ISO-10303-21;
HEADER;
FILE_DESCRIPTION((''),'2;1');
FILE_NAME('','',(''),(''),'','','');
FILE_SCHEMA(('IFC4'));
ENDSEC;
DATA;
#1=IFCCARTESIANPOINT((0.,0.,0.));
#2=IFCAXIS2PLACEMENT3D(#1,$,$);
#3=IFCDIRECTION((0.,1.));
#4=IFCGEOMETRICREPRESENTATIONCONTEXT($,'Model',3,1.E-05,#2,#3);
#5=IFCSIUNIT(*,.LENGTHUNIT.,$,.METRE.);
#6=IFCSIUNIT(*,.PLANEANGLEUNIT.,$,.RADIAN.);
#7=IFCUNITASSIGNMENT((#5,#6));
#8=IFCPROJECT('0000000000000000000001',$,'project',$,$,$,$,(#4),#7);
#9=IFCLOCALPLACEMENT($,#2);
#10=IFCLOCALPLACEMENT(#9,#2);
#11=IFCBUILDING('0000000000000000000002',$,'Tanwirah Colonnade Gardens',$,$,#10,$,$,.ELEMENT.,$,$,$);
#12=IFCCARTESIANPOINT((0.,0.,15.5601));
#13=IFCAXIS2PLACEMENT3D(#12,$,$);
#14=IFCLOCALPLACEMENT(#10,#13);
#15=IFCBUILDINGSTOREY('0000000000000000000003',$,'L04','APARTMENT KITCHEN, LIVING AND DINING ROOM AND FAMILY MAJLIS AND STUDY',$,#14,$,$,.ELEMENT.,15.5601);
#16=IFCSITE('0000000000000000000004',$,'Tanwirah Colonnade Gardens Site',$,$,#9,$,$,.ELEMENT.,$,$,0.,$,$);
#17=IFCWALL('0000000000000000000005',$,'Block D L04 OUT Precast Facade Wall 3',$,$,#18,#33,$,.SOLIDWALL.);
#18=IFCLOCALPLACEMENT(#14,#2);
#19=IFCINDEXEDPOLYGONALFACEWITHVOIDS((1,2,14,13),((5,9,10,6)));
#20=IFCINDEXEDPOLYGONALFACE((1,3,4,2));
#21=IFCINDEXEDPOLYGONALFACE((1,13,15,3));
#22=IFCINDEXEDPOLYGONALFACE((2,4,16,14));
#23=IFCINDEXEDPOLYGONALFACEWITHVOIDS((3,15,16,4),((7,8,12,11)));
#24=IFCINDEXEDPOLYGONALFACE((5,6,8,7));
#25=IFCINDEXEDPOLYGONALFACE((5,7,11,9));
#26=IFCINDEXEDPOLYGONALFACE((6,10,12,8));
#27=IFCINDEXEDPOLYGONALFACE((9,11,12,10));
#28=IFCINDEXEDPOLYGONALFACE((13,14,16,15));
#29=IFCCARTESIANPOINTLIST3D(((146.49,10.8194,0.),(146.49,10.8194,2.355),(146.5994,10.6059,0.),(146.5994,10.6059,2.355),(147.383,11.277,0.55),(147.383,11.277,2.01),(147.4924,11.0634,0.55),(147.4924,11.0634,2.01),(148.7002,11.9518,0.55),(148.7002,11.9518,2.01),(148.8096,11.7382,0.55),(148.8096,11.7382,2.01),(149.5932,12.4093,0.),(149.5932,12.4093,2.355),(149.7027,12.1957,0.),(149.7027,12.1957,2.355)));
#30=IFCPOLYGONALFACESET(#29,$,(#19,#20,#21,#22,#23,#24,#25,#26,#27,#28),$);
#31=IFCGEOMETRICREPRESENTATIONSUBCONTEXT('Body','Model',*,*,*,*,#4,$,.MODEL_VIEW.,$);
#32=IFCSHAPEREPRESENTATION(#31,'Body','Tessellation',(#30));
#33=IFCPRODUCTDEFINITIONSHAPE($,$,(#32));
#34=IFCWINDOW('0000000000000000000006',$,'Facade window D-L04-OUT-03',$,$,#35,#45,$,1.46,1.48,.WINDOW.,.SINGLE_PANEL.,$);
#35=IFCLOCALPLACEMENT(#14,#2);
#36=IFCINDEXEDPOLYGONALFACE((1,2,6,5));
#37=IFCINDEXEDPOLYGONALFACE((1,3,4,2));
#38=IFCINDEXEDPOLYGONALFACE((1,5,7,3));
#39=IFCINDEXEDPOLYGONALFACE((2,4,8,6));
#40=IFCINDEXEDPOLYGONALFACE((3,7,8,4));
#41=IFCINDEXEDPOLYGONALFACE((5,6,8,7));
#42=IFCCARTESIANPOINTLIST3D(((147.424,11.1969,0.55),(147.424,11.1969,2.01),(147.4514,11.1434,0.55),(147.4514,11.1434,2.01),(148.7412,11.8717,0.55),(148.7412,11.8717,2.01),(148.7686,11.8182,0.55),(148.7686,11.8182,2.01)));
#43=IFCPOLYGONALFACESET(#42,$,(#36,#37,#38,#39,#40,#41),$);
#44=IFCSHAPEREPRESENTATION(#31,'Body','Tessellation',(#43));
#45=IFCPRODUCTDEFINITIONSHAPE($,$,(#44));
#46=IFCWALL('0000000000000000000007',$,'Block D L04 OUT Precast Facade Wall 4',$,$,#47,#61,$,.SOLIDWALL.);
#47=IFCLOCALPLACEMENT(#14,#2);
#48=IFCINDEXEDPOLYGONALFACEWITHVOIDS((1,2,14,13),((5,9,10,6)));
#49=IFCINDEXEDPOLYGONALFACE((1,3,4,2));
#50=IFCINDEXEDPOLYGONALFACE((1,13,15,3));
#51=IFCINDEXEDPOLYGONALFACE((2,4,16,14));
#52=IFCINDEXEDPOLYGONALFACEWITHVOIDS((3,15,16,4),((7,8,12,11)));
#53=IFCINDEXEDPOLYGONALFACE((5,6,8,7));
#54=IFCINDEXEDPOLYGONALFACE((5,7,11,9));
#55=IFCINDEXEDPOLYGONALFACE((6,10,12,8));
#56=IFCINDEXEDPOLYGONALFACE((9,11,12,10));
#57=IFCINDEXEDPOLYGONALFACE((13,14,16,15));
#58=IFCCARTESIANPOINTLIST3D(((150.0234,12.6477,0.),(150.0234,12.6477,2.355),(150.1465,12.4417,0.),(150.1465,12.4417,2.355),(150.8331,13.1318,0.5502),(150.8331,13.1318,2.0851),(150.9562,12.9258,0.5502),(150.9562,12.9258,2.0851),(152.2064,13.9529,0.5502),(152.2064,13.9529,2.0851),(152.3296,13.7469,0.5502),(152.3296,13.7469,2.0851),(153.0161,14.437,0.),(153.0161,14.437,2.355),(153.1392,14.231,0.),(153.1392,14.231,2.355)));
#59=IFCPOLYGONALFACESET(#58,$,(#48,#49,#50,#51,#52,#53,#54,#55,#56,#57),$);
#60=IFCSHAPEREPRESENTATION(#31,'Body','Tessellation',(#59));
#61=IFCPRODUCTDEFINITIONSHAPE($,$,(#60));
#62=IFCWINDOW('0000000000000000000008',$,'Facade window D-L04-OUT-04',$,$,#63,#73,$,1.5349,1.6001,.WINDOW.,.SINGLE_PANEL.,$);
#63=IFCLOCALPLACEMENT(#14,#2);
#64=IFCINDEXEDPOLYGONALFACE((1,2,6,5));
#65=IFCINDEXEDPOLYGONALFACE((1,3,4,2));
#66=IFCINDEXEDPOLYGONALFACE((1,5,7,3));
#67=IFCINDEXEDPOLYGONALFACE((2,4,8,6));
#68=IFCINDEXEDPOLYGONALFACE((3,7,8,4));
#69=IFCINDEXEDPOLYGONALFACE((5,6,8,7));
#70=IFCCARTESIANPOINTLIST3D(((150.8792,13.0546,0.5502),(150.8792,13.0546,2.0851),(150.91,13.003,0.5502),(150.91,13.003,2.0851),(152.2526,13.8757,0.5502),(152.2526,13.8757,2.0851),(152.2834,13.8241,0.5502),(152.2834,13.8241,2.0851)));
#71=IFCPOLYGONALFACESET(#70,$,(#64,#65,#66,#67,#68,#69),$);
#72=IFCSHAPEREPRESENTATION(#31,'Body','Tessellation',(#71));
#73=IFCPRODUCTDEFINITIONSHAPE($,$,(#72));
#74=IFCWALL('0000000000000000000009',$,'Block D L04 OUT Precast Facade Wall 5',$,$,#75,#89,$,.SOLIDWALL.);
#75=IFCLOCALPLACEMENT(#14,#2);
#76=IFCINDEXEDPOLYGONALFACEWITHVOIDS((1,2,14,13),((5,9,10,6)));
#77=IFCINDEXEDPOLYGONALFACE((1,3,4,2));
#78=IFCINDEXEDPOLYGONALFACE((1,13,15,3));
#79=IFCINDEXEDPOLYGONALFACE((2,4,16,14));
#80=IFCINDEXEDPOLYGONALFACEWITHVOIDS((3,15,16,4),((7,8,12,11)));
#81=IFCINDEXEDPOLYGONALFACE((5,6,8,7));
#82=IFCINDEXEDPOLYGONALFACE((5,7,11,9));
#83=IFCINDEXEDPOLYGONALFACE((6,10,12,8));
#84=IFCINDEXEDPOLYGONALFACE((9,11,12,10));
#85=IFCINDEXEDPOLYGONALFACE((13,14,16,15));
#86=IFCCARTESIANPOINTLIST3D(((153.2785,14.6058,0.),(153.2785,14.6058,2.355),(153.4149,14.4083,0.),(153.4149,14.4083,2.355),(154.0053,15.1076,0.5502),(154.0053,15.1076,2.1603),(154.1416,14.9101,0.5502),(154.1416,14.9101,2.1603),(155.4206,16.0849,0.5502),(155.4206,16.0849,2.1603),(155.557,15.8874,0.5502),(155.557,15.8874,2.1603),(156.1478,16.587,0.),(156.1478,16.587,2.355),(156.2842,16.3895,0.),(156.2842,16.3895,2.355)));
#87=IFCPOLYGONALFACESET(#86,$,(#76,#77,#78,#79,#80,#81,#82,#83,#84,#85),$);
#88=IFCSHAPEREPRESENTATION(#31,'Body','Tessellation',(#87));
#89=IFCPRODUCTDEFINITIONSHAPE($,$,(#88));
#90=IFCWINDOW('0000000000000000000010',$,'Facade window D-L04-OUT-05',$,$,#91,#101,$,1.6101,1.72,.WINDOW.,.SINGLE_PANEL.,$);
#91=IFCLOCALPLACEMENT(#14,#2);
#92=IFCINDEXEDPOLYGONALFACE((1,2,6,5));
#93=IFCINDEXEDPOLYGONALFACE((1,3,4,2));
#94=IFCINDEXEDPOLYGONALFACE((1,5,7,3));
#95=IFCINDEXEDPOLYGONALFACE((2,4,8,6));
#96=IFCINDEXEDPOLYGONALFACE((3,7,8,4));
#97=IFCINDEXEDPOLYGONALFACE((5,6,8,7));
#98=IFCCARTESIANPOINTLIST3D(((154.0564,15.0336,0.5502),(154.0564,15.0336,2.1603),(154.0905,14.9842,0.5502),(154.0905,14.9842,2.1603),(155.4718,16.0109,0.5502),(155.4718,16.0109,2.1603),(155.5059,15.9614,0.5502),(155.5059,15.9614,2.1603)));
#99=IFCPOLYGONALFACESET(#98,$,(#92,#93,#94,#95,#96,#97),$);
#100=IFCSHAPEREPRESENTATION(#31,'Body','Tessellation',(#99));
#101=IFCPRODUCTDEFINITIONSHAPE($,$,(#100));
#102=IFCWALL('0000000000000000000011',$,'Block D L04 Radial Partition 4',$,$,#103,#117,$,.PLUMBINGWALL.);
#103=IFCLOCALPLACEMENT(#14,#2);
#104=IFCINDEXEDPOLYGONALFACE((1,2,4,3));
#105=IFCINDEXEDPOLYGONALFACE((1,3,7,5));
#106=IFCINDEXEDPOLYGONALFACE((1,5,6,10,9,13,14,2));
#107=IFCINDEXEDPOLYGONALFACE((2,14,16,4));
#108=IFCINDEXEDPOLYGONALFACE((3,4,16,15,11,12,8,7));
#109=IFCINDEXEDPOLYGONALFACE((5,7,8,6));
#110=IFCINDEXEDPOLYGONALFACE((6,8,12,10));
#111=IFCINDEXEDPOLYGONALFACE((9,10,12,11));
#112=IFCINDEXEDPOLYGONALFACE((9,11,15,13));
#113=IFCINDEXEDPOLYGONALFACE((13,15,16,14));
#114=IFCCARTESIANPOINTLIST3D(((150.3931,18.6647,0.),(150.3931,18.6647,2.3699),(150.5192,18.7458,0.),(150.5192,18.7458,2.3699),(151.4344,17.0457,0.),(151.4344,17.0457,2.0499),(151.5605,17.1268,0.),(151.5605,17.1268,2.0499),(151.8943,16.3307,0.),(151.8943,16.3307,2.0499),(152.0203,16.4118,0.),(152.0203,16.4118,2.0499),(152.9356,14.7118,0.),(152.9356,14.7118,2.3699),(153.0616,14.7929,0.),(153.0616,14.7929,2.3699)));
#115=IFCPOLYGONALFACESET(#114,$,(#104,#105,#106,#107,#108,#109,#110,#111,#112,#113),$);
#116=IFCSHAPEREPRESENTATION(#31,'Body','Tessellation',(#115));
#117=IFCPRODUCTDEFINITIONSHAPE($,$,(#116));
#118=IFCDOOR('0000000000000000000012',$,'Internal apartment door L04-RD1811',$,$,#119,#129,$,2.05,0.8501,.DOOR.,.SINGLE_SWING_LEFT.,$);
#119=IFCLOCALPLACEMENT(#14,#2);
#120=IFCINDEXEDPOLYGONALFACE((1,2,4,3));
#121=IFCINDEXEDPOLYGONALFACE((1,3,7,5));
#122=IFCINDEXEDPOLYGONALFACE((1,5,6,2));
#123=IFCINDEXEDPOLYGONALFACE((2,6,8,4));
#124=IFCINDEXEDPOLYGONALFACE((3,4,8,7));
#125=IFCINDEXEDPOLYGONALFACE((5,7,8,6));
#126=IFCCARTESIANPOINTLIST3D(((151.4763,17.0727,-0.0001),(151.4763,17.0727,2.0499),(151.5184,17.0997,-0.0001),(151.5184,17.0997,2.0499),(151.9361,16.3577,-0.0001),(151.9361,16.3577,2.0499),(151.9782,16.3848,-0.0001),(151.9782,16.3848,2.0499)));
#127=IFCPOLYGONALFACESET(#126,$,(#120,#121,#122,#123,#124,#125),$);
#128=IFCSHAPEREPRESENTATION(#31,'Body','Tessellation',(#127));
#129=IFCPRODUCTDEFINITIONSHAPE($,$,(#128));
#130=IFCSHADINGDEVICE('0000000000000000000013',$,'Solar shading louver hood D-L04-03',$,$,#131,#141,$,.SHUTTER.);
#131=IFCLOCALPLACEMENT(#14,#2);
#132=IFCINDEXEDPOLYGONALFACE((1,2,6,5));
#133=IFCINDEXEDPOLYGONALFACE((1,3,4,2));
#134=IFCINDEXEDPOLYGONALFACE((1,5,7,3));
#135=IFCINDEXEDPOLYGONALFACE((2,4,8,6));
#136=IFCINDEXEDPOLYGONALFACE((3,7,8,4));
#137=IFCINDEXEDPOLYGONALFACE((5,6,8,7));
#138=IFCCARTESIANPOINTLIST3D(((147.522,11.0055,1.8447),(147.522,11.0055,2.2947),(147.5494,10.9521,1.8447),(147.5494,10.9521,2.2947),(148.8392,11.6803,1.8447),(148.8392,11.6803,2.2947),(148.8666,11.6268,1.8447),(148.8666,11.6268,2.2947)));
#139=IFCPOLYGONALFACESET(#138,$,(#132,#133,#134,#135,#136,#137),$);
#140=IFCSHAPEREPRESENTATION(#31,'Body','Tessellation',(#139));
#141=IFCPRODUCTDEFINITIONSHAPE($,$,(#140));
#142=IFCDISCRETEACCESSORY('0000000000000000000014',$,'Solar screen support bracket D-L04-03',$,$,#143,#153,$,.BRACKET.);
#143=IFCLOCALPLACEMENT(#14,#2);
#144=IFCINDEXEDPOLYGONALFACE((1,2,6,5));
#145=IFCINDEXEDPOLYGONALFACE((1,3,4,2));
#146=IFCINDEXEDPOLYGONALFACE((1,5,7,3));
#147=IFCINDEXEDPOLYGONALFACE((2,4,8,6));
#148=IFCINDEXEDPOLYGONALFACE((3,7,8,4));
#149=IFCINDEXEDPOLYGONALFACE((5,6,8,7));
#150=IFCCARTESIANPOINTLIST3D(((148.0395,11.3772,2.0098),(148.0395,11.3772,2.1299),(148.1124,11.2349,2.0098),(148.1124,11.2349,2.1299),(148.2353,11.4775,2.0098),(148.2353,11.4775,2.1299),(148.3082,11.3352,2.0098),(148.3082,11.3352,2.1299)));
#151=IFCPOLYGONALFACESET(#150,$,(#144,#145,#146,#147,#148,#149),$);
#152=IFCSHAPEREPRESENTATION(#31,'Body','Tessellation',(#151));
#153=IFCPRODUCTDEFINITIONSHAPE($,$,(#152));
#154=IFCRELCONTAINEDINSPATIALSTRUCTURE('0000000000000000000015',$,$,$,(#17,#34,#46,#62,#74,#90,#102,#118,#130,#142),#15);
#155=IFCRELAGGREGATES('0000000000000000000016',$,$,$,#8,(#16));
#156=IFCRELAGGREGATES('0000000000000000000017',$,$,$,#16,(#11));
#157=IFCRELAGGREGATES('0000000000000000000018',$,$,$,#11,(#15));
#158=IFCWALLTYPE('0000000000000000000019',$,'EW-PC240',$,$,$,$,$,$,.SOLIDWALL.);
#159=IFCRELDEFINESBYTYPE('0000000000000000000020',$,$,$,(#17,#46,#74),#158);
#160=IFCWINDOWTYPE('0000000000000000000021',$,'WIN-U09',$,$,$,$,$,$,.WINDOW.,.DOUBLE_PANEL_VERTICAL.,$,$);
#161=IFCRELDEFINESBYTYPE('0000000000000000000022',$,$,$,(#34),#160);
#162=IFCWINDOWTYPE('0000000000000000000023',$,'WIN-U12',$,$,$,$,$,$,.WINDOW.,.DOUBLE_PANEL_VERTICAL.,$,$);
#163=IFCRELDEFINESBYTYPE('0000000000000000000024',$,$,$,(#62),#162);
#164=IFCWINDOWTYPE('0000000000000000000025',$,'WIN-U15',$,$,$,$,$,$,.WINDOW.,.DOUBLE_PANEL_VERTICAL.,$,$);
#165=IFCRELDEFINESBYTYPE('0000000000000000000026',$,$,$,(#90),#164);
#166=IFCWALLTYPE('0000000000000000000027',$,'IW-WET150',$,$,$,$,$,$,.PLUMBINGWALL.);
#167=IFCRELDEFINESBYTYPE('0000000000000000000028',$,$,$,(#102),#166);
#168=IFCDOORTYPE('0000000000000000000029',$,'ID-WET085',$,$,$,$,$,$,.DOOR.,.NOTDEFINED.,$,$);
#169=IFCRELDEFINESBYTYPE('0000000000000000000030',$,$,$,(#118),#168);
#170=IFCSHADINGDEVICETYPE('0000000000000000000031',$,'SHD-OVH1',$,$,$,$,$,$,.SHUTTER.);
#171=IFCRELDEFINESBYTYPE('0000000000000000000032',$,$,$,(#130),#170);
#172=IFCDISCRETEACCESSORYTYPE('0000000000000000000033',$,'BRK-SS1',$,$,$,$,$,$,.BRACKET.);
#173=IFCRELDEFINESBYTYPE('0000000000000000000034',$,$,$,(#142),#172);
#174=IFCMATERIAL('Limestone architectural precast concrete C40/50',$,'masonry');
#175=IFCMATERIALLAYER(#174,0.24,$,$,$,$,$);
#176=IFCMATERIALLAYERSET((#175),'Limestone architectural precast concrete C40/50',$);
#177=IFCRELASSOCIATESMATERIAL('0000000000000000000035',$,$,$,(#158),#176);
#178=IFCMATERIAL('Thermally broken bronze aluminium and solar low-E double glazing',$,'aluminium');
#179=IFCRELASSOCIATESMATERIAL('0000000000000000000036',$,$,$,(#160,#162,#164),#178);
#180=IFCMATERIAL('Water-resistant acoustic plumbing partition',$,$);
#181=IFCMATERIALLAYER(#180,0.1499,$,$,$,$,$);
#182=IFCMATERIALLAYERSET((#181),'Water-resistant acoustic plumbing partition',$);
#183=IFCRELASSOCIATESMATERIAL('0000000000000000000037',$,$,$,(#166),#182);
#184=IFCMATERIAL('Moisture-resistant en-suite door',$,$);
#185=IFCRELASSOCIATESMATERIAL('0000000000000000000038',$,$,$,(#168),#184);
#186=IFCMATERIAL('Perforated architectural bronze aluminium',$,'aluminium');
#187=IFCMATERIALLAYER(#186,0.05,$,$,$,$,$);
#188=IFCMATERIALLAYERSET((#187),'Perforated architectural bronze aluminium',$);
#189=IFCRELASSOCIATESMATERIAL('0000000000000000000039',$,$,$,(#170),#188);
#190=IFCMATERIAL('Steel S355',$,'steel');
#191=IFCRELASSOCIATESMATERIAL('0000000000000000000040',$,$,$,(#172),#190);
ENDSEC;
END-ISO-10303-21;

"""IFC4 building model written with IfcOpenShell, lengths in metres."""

from ifc_helpers import new_model, si_unit, direction, frame, frame_2d, origin, origin_2d, place, context, subcontext, project, spatial, rectangle, extrude, material, layer, layer_set, type_object, element, fill, save


model = new_model("IFC4")

# Units and contexts
model_context = context("Model", 3, precision=1e-05, world=origin(), true_north=direction((0.0, 1.0)))
body_context = subcontext(model_context, "Body", "Model", "MODEL_VIEW")
ifc_project = project(units=[si_unit("LENGTHUNIT", "METRE"), si_unit("PLANEANGLEUNIT", "RADIAN")], contexts=[model_context])

# Site, building, storey
site_placement = place(None, origin())
site = spatial("IfcSite", under=ifc_project, at=site_placement, Name="Tanwirah Colonnade Gardens Site", CompositionType="ELEMENT", RefElevation=0.0)
building_placement = place(site_placement, origin())
building = spatial("IfcBuilding", under=site, at=building_placement, Name="Tanwirah Colonnade Gardens", CompositionType="ELEMENT")
storey_placement = place(building_placement, frame((0.0, 0.0, 15.5601)))
storey = spatial("IfcBuildingStorey", under=building, at=storey_placement, Name="L04", Description="APARTMENT KITCHEN, LIVING AND DINING ROOM AND FAMILY MAJLIS AND STUDY", CompositionType="ELEMENT", Elevation=15.5601)

# Walls, openings, windows
ifc_material_1 = material(Name="Limestone architectural precast concrete C40/50", Category="masonry")
ifc_layer_1 = layer(ifc_material_1, 0.24)
ifc_layer_set_1 = layer_set([ifc_layer_1], Name="Limestone architectural precast concrete C40/50")
wall_type_1 = type_object("IfcWallType", Name="EW-PC240", PredefinedType="SOLIDWALL", material=ifc_layer_set_1)
wall_1_placement = place(storey_placement, frame((146.5447, 10.7126, 0.0), z_axis=(0.0, 0.0, 1.0), x_axis=(0.890001, 0.455958, 0.0)))
wall_1 = element("IfcWall", 1, at=wall_1_placement, inside=storey, type_object=wall_type_1, Name="Block D L04 OUT Precast Facade Wall 3", PredefinedType="SOLIDWALL", context=body_context, shape_type="SweptSolid", body=[
    extrude(rectangle(XDim=3.4868, YDim=0.24, at=frame_2d((1.7434, 0.0))), origin(), (0.0, 0.0, 1.0), 2.355),
])
opening_1_placement = place(wall_1_placement, frame((1.0034, 0.0, 0.55)))
opening_1 = element("IfcOpeningElement", 2, at=opening_1_placement, cuts=wall_1, PredefinedType="OPENING", context=body_context, shape_type="SweptSolid", body=[
    extrude(rectangle(XDim=1.48, YDim=1.46, at=frame_2d((0.74, 0.73))), frame((0.0, 0.1299, 0.0), z_axis=(0.0, -1.0, 0.0), x_axis=(1.0, 0.0, 0.0)), (0.0, 0.0, 1.0), 0.26),
])
ifc_material_2 = material(Name="Thermally broken bronze aluminium and solar low-E double glazing", Category="aluminium")
window_type_1 = type_object("IfcWindowType", Name="WIN-U09", PartitioningType="DOUBLE_PANEL_VERTICAL", PredefinedType="WINDOW", material=ifc_material_2)
window_1_placement = place(opening_1_placement, origin())
window_1 = element("IfcWindow", 3, at=window_1_placement, inside=storey, type_object=window_type_1, Name="Facade window D-L04-OUT-03", OverallHeight=1.46, OverallWidth=1.48, PartitioningType="SINGLE_PANEL", PredefinedType="WINDOW", context=body_context, shape_type="SweptSolid", body=[
    extrude(rectangle(XDim=1.48, YDim=1.46, at=frame_2d((0.74, 0.73))), frame((0.0, 0.03, 0.0), z_axis=(0.0, -1.0, 0.0), x_axis=(1.0, 0.0, 0.0)), (0.0, 0.0, 1.0), 0.0601),
])
fill(opening_1, window_1)
wall_2_placement = place(storey_placement, frame((150.085, 12.5447, 0.0), z_axis=(0.0, 0.0, 1.0), x_axis=(0.858289, 0.513167, 0.0)))
wall_2 = element("IfcWall", 4, at=wall_2_placement, inside=storey, type_object=wall_type_1, Name="Block D L04 OUT Precast Facade Wall 4", PredefinedType="SOLIDWALL", context=body_context, shape_type="SweptSolid", body=[
    extrude(rectangle(XDim=3.4868, YDim=0.24, at=frame_2d((1.7434, 0.0))), origin(), (0.0, 0.0, 1.0), 2.355),
])
opening_2_placement = place(wall_2_placement, frame((0.9434, 0.0, 0.55)))
opening_2 = element("IfcOpeningElement", 5, at=opening_2_placement, cuts=wall_2, PredefinedType="OPENING", context=body_context, shape_type="SweptSolid", body=[
    extrude(rectangle(XDim=1.6001, YDim=1.5349, at=frame_2d((0.8, 0.7676))), frame((0.0, 0.1299, 0.0), z_axis=(0.0, -1.0, 0.0), x_axis=(1.0, 0.0, 0.0)), (0.0, 0.0, 1.0), 0.26),
])
window_type_2 = type_object("IfcWindowType", Name="WIN-U12", PartitioningType="DOUBLE_PANEL_VERTICAL", PredefinedType="WINDOW", material=ifc_material_2)
window_2_placement = place(opening_2_placement, origin())
window_2 = element("IfcWindow", 6, at=window_2_placement, inside=storey, type_object=window_type_2, Name="Facade window D-L04-OUT-04", OverallHeight=1.5349, OverallWidth=1.6001, PartitioningType="SINGLE_PANEL", PredefinedType="WINDOW", context=body_context, shape_type="SweptSolid", body=[
    extrude(rectangle(XDim=1.6001, YDim=1.5349, at=frame_2d((0.8, 0.7676))), frame((0.0, 0.03, 0.0), z_axis=(0.0, -1.0, 0.0), x_axis=(1.0, 0.0, 0.0)), (0.0, 0.0, 1.0), 0.0601),
])
fill(opening_2, window_2)
wall_3_placement = place(storey_placement, frame((153.3467, 14.5071, 0.0), z_axis=(0.0, 0.0, 1.0), x_axis=(0.822902, 0.568183, 0.0)))
wall_3 = element("IfcWall", 7, at=wall_3_placement, inside=storey, type_object=wall_type_1, Name="Block D L04 OUT Precast Facade Wall 5", PredefinedType="SOLIDWALL", context=body_context, shape_type="SweptSolid", body=[
    extrude(rectangle(XDim=3.4868, YDim=0.24, at=frame_2d((1.7434, 0.0))), origin(), (0.0, 0.0, 1.0), 2.355),
])
opening_3_placement = place(wall_3_placement, frame((0.8833, 0.0, 0.55)))
opening_3 = element("IfcOpeningElement", 8, at=opening_3_placement, cuts=wall_3, PredefinedType="OPENING", context=body_context, shape_type="SweptSolid", body=[
    extrude(rectangle(XDim=1.72, YDim=1.6101, at=frame_2d((0.8599, 0.8052))), frame((0.0, 0.1299, 0.0), z_axis=(0.0, -1.0, 0.0), x_axis=(1.0, 0.0, 0.0)), (0.0, 0.0, 1.0), 0.26),
])
window_type_3 = type_object("IfcWindowType", Name="WIN-U15", PartitioningType="DOUBLE_PANEL_VERTICAL", PredefinedType="WINDOW", material=ifc_material_2)
window_3_placement = place(opening_3_placement, origin())
window_3 = element("IfcWindow", 9, at=window_3_placement, inside=storey, type_object=window_type_3, Name="Facade window D-L04-OUT-05", OverallHeight=1.6101, OverallWidth=1.72, PartitioningType="SINGLE_PANEL", PredefinedType="WINDOW", context=body_context, shape_type="SweptSolid", body=[
    extrude(rectangle(XDim=1.72, YDim=1.6101, at=frame_2d((0.8599, 0.8052))), frame((0.0, 0.03, 0.0), z_axis=(0.0, -1.0, 0.0), x_axis=(1.0, 0.0, 0.0)), (0.0, 0.0, 1.0), 0.0601),
])
fill(opening_3, window_3)

# Wall, opening, door
ifc_material_3 = material(Name="Water-resistant acoustic plumbing partition")
ifc_layer_2 = layer(ifc_material_3, 0.1499)
ifc_layer_set_2 = layer_set([ifc_layer_2], Name="Water-resistant acoustic plumbing partition")
wall_type_2 = type_object("IfcWallType", Name="IW-WET150", PredefinedType="PLUMBINGWALL", material=ifc_layer_set_2)
wall_4_placement = place(storey_placement, frame((150.4561, 18.7053, 0.0), z_axis=(0.0, 0.0, 1.0), x_axis=(0.54096, -0.841048, 0.0)))
wall_4 = element("IfcWall", 10, at=wall_4_placement, inside=storey, type_object=wall_type_2, Name="Block D L04 Radial Partition 4", PredefinedType="PLUMBINGWALL", context=body_context, shape_type="SweptSolid", body=[
    extrude(rectangle(XDim=4.7, YDim=0.1499, at=frame_2d((2.3501, 0.0))), origin(), (0.0, 0.0, 1.0), 2.3699),
])
opening_4_placement = place(wall_4_placement, frame((1.925, 0.0, 0.0)))
opening_4 = element("IfcOpeningElement", 11, at=opening_4_placement, cuts=wall_4, PredefinedType="OPENING", context=body_context, shape_type="SweptSolid", body=[
    extrude(rectangle(XDim=0.8501, YDim=2.05, at=frame_2d((0.425, 1.0249))), frame((0.0, 0.085, 0.0), z_axis=(0.0, -1.0, 0.0), x_axis=(1.0, 0.0, 0.0)), (0.0, 0.0, 1.0), 0.1699),
])
ifc_material_4 = material(Name="Moisture-resistant en-suite door")
door_type_1 = type_object("IfcDoorType", Name="ID-WET085", OperationType="NOTDEFINED", PredefinedType="DOOR", material=ifc_material_4)
door_1_placement = place(opening_4_placement, origin())
door_1 = element("IfcDoor", 12, at=door_1_placement, inside=storey, type_object=door_type_1, Name="Internal apartment door L04-RD1811", OperationType="SINGLE_SWING_LEFT", OverallHeight=2.05, OverallWidth=0.8501, PredefinedType="DOOR", context=body_context, shape_type="SweptSolid", body=[
    extrude(rectangle(XDim=0.8501, YDim=2.05, at=frame_2d((0.425, 1.0249))), frame((0.0, 0.0249, 0.0), z_axis=(0.0, -1.0, 0.0), x_axis=(1.0, 0.0, 0.0)), (0.0, 0.0, 1.0), 0.05),
])
fill(opening_4, door_1)

# Shading device
ifc_material_5 = material(Name="Perforated architectural bronze aluminium", Category="aluminium")
ifc_layer_3 = layer(ifc_material_5, 0.05)
ifc_layer_set_3 = layer_set([ifc_layer_3], Name="Perforated architectural bronze aluminium")
shading_device_type = type_object("IfcShadingDeviceType", Name="SHD-OVH1", PredefinedType="SHUTTER", material=ifc_layer_set_3)
shading_device_placement = place(storey_placement, frame((148.1943, 11.3162, 1.8447), z_axis=(0.0, 0.0, 1.0), x_axis=(0.890015, 0.455931, 0.0)))
element("IfcShadingDevice", 13, at=shading_device_placement, inside=storey, type_object=shading_device_type, Name="Solar shading louver hood D-L04-03", PredefinedType="SHUTTER", context=body_context, shape_type="SweptSolid", body=[
    extrude(rectangle(XDim=1.48, YDim=0.0601, at=origin_2d()), origin(), (0.0, 0.0, 1.0), 0.45),
])

# Discrete accessory
ifc_material_6 = material(Name="Steel S355", Category="steel")
discrete_accessory_type = type_object("IfcDiscreteAccessoryType", Name="BRK-SS1", PredefinedType="BRACKET", material=ifc_material_6)
discrete_accessory_placement = place(storey_placement, frame((148.1738, 11.3562, 2.0098), z_axis=(0.0, 0.0, 1.0), x_axis=(0.890015, 0.455931, 0.0)))
element("IfcDiscreteAccessory", 14, at=discrete_accessory_placement, inside=storey, type_object=discrete_accessory_type, Name="Solar screen support bracket D-L04-03", PredefinedType="BRACKET", context=body_context, shape_type="SweptSolid", body=[
    extrude(rectangle(XDim=0.22, YDim=0.1599, at=origin_2d()), origin(), (0.0, 0.0, 1.0), 0.1201),
])

save(model, "model.ifc")
